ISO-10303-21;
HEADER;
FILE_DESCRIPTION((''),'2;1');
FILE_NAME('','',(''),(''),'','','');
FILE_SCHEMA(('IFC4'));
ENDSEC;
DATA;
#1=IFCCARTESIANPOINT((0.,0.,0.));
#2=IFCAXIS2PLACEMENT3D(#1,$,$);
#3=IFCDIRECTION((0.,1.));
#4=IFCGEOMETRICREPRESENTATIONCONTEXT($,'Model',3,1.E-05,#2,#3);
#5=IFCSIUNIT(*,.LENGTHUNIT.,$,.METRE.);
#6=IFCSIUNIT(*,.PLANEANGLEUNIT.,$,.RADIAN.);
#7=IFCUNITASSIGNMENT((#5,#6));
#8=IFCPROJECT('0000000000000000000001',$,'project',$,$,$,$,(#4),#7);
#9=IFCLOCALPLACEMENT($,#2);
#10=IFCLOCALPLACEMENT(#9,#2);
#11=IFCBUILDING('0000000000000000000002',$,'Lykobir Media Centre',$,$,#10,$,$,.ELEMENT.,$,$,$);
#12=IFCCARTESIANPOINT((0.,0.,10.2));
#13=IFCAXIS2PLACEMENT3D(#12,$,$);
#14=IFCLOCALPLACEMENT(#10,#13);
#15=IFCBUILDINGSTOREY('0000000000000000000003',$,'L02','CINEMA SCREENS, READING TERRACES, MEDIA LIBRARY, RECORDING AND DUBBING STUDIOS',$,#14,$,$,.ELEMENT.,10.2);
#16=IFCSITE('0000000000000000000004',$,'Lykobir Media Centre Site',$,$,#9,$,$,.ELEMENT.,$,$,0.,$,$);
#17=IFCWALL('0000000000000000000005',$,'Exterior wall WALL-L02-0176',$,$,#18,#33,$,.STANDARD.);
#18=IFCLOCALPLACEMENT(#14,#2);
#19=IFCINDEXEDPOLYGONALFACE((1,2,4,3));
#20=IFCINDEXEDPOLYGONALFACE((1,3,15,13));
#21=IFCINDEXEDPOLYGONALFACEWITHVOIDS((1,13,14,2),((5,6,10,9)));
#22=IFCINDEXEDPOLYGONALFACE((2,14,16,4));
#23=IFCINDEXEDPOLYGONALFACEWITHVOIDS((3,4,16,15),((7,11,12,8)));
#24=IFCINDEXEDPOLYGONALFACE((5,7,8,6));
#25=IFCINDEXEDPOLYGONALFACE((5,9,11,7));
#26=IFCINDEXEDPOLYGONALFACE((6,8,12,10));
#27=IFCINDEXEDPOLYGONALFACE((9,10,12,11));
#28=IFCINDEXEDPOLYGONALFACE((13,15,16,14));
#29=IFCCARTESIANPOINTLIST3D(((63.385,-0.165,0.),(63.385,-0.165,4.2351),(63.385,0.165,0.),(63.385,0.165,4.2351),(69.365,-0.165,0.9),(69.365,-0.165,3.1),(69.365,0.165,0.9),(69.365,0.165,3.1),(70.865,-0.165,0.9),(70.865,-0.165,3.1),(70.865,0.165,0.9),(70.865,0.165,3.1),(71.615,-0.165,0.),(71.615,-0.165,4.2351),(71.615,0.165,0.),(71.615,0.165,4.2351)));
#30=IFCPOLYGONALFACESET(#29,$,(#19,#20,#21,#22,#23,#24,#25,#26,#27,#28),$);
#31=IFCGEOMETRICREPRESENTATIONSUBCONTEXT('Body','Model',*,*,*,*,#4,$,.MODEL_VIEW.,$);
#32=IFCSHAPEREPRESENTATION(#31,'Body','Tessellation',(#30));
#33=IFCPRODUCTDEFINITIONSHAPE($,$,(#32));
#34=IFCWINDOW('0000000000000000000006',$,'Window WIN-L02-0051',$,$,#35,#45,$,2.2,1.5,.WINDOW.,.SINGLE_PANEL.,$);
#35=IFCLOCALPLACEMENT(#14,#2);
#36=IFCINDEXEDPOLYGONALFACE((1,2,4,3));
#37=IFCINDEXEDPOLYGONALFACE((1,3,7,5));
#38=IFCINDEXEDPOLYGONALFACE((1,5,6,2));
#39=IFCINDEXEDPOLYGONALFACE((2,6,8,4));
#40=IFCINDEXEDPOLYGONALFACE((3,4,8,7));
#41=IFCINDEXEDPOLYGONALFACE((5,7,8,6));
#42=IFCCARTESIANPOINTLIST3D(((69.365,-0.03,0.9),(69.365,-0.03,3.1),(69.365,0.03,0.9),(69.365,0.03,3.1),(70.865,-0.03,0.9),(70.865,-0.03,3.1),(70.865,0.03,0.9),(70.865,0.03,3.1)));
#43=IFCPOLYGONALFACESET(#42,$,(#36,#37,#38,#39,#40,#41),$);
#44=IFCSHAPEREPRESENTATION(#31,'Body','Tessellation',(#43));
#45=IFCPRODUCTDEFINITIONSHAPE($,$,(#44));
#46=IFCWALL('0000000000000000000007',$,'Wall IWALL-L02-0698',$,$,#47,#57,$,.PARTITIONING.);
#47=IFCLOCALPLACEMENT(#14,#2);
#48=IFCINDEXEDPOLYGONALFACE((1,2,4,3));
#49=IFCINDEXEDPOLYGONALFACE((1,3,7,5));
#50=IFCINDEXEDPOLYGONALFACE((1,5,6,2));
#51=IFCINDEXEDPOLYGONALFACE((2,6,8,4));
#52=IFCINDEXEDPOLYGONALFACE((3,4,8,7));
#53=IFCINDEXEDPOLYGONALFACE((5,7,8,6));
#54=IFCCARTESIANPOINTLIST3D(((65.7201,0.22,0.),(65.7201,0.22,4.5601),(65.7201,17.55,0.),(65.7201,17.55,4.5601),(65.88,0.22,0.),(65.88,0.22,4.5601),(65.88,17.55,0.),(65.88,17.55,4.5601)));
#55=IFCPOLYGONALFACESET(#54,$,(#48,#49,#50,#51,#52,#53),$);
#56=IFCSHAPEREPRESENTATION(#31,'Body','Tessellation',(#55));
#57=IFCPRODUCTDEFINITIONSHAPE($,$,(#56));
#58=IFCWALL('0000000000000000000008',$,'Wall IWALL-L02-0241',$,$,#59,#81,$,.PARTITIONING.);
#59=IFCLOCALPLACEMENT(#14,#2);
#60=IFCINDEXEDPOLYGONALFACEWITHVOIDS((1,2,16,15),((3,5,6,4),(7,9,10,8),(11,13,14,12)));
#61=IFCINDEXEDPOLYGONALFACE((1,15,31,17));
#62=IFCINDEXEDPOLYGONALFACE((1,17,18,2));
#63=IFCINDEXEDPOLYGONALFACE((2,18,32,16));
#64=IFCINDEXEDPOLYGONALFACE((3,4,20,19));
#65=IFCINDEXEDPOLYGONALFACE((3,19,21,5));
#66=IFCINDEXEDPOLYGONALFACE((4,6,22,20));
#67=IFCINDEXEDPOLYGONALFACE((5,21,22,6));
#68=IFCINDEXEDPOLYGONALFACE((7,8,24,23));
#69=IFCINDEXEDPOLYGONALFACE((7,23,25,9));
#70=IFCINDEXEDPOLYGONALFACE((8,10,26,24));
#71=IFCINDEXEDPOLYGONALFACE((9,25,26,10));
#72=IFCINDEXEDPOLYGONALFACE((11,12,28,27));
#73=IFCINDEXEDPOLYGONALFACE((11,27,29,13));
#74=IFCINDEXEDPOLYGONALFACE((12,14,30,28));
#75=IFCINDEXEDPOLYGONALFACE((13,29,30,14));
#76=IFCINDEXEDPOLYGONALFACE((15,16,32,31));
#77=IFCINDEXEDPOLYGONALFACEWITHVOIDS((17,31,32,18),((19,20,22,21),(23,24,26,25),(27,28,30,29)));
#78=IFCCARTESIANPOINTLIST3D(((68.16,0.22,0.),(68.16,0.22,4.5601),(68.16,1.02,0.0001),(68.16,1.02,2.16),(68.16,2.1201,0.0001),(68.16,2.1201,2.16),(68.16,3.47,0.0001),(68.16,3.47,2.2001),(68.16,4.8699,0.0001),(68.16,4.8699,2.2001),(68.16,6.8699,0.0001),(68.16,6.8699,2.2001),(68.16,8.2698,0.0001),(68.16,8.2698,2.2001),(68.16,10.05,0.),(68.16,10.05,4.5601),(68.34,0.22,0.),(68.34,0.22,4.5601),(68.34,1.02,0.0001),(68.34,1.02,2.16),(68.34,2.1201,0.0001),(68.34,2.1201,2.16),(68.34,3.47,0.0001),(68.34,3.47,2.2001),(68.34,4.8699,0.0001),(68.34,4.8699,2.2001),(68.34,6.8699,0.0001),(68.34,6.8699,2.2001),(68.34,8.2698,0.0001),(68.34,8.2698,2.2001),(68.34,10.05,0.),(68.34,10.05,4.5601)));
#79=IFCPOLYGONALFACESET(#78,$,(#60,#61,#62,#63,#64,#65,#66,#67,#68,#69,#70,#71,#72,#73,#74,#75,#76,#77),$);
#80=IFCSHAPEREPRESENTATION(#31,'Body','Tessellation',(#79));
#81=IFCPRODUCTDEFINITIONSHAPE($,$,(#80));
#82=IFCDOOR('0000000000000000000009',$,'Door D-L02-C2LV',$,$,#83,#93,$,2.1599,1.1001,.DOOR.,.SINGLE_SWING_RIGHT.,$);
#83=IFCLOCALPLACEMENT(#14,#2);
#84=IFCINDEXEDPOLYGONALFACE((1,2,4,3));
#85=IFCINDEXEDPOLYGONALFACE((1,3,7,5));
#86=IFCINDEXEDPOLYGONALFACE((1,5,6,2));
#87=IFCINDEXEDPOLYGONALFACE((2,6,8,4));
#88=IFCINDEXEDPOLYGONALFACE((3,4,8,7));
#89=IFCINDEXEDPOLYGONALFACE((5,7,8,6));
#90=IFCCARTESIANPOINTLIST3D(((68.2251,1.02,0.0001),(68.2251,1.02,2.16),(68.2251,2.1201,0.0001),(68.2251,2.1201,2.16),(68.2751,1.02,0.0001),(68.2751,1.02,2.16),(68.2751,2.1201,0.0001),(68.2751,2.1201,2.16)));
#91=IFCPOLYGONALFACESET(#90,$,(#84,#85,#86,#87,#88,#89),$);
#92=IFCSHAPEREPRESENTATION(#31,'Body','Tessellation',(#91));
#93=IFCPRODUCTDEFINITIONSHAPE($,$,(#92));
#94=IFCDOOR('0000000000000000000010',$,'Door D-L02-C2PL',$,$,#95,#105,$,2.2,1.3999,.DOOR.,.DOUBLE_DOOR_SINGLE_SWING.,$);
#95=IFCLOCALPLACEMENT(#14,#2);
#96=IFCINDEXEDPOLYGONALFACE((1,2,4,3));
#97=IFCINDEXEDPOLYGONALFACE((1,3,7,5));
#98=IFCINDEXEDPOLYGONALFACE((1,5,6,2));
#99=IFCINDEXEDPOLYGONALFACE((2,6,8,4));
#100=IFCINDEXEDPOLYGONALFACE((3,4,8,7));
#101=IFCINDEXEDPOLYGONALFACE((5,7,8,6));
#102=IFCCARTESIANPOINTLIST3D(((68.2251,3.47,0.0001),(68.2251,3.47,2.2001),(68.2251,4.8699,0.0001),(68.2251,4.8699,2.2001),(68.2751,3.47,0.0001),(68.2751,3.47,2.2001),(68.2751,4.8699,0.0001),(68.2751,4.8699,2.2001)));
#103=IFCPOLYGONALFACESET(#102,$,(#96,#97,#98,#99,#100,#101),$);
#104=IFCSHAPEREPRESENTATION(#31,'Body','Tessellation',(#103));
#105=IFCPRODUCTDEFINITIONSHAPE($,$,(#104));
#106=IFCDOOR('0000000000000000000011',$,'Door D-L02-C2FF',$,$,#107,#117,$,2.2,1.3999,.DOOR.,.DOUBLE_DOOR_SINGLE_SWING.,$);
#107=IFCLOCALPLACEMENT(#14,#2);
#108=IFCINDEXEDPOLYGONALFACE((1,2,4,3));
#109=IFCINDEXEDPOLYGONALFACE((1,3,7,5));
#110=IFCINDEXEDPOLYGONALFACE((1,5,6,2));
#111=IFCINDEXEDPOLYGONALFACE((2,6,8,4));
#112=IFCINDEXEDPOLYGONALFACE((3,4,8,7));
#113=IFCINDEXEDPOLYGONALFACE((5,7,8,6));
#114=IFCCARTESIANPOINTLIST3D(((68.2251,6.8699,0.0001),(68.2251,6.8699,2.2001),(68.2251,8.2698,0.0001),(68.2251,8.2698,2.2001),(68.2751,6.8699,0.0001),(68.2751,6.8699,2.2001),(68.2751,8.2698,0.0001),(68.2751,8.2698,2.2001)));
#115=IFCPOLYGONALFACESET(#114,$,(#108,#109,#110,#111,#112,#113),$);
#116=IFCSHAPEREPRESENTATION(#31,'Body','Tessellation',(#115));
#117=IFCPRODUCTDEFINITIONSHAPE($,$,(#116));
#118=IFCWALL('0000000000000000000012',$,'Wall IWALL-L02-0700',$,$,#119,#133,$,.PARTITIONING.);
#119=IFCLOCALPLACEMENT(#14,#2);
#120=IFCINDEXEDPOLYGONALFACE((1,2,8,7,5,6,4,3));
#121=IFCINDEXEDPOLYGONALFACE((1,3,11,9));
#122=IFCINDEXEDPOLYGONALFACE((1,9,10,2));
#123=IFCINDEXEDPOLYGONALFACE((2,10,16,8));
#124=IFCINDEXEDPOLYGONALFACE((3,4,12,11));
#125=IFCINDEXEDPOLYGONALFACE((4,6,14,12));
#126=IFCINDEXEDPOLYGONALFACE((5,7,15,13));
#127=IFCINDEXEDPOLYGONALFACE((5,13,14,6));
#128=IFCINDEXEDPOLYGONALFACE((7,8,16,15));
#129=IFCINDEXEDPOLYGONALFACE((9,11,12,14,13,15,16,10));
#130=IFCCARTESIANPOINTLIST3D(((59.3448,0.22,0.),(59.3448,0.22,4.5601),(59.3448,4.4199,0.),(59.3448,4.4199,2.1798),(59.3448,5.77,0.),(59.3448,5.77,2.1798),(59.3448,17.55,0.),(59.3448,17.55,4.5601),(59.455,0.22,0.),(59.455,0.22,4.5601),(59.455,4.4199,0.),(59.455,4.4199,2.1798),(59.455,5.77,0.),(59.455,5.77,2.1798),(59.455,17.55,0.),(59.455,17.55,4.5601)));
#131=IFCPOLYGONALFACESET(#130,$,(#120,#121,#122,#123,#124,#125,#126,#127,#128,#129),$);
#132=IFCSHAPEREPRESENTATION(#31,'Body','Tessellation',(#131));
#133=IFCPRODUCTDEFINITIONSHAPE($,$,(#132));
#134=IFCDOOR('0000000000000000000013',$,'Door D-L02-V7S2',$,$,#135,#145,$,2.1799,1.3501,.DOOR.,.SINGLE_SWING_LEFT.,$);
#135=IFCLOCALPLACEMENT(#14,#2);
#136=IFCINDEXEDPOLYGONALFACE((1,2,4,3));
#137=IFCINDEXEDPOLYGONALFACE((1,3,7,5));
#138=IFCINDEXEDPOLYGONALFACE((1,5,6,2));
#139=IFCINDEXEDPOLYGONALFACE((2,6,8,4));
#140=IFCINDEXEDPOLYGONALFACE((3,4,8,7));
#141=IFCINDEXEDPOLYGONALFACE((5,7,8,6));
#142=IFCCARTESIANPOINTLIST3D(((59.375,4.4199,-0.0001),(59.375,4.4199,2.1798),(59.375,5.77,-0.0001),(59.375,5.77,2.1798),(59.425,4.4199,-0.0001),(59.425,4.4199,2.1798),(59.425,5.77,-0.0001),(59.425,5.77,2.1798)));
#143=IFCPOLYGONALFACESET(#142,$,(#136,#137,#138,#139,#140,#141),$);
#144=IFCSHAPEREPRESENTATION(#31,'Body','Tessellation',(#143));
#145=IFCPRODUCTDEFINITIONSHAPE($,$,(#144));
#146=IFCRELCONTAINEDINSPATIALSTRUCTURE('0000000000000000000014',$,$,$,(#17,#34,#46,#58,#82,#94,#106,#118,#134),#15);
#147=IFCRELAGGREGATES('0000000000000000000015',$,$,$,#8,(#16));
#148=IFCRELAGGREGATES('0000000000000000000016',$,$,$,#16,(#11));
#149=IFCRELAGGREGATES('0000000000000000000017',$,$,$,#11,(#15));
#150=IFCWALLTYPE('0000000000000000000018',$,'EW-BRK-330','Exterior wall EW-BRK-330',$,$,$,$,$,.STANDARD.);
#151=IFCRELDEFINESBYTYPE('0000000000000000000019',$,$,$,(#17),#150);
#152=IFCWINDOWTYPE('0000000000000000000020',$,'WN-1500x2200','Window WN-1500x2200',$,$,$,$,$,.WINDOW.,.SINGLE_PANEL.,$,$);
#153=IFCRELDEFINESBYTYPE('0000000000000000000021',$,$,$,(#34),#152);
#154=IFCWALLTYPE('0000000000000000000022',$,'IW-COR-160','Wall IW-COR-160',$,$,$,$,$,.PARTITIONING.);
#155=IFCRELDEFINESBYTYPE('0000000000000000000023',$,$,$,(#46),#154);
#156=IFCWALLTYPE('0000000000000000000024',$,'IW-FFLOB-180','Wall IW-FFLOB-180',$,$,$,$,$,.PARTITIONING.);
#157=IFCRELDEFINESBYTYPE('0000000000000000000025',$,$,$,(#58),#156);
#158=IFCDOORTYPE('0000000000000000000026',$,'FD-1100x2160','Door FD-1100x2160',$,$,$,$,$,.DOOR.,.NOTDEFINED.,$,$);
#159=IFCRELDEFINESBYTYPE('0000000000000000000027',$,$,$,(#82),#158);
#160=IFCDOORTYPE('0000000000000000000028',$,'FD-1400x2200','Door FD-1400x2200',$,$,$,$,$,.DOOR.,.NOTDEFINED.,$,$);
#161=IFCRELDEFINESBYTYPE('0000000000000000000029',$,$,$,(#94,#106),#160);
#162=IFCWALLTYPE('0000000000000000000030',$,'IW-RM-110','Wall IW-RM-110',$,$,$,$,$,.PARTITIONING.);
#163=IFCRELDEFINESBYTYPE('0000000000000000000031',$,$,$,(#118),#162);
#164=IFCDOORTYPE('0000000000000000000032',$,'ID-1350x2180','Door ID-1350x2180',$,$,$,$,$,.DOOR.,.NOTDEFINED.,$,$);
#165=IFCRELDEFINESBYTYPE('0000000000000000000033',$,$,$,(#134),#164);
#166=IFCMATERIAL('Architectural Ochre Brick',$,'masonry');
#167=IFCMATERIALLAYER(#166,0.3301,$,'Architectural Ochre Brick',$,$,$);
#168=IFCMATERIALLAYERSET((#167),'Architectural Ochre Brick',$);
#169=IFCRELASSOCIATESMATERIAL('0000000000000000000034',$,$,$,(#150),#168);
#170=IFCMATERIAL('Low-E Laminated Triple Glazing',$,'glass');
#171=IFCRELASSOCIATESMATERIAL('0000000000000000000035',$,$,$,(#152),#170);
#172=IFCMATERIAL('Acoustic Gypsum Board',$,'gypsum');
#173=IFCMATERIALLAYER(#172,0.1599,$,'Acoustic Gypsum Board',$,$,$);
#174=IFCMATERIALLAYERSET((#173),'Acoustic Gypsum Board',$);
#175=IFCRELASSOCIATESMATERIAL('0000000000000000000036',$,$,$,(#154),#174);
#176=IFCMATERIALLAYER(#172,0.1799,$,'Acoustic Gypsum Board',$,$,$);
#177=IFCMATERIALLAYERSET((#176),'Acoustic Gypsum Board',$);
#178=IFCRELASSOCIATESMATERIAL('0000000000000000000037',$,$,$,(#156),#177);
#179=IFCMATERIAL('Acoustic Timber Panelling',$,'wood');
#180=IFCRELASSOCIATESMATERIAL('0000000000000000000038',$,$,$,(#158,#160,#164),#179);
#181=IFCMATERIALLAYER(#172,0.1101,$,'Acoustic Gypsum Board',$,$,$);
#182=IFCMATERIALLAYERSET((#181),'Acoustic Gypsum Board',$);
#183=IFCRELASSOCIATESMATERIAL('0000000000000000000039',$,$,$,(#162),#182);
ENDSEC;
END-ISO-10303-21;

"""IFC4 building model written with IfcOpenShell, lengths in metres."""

from ifc_helpers import new_model, si_unit, direction, frame, frame_2d, origin, place, context, subcontext, project, spatial, rectangle, extrude, material, layer, layer_set, type_object, element, fill, save


model = new_model("IFC4")

# Units and contexts
model_context = context("Model", 3, precision=1e-05, world=origin(), true_north=direction((0.0, 1.0)))
body_context = subcontext(model_context, "Body", "Model", "MODEL_VIEW")
ifc_project = project(units=[si_unit("LENGTHUNIT", "METRE"), si_unit("PLANEANGLEUNIT", "RADIAN")], contexts=[model_context])

# Site, building, storey
site_placement = place(None, origin())
site = spatial("IfcSite", under=ifc_project, at=site_placement, Name="Lykobir Media Centre Site", CompositionType="ELEMENT", RefElevation=0.0)
building_placement = place(site_placement, origin())
building = spatial("IfcBuilding", under=site, at=building_placement, Name="Lykobir Media Centre", CompositionType="ELEMENT")
storey_placement = place(building_placement, frame((0.0, 0.0, 10.2)))
storey = spatial("IfcBuildingStorey", under=building, at=storey_placement, Name="L02", Description="CINEMA SCREENS, READING TERRACES, MEDIA LIBRARY, RECORDING AND DUBBING STUDIOS", CompositionType="ELEMENT", Elevation=10.2)

# Wall, opening, window
ifc_material_1 = material(Name="Architectural Ochre Brick", Category="masonry")
ifc_layer_1 = layer(ifc_material_1, 0.3301, Name="Architectural Ochre Brick")
ifc_layer_set_1 = layer_set([ifc_layer_1], Name="Architectural Ochre Brick")
wall_type_1 = type_object("IfcWallType", Name="EW-BRK-330", Description="Exterior wall EW-BRK-330", PredefinedType="STANDARD", material=ifc_layer_set_1)
wall_1_placement = place(storey_placement, frame((63.385, 0.0, 0.0), z_axis=(0.0, 0.0, 1.0), x_axis=(1.0, 0.0, 0.0)))
wall_1 = element("IfcWall", 1, at=wall_1_placement, inside=storey, type_object=wall_type_1, Name="Exterior wall WALL-L02-0176", PredefinedType="STANDARD", context=body_context, shape_type="SweptSolid", body=[
    extrude(rectangle(XDim=8.23, YDim=0.3301, at=frame_2d((4.115, 0.0))), origin(), (0.0, 0.0, 1.0), 4.2351),
])
opening_1_placement = place(wall_1_placement, frame((5.98, 0.0, 0.8999)))
opening_1 = element("IfcOpeningElement", 2, at=opening_1_placement, cuts=wall_1, PredefinedType="OPENING", context=body_context, shape_type="SweptSolid", body=[
    extrude(rectangle(XDim=1.5, YDim=2.2, at=frame_2d((0.75, 1.1001))), frame((0.0, 0.175, 0.0), z_axis=(0.0, -1.0, 0.0), x_axis=(1.0, 0.0, 0.0)), (0.0, 0.0, 1.0), 0.3501),
])
ifc_material_2 = material(Name="Low-E Laminated Triple Glazing", Category="glass")
window_type = type_object("IfcWindowType", Name="WN-1500x2200", Description="Window WN-1500x2200", PartitioningType="SINGLE_PANEL", PredefinedType="WINDOW", material=ifc_material_2)
window_placement = place(opening_1_placement, origin())
window = element("IfcWindow", 3, at=window_placement, inside=storey, type_object=window_type, Name="Window WIN-L02-0051", OverallHeight=2.2, OverallWidth=1.5, PartitioningType="SINGLE_PANEL", PredefinedType="WINDOW", context=body_context, shape_type="SweptSolid", body=[
    extrude(rectangle(XDim=1.5, YDim=2.2, at=frame_2d((0.75, 1.1001))), frame((0.0, 0.03, 0.0), z_axis=(0.0, -1.0, 0.0), x_axis=(1.0, 0.0, 0.0)), (0.0, 0.0, 1.0), 0.0601),
])
fill(opening_1, window)

# Wall
ifc_material_3 = material(Name="Acoustic Gypsum Board", Category="gypsum")
ifc_layer_2 = layer(ifc_material_3, 0.1599, Name="Acoustic Gypsum Board")
ifc_layer_set_2 = layer_set([ifc_layer_2], Name="Acoustic Gypsum Board")
wall_type_2 = type_object("IfcWallType", Name="IW-COR-160", Description="Wall IW-COR-160", PredefinedType="PARTITIONING", material=ifc_layer_set_2)
wall_2_placement = place(storey_placement, frame((65.8, 0.22, 0.0), z_axis=(0.0, 0.0, 1.0), x_axis=(0.0, 1.0, 0.0)))
element("IfcWall", 4, at=wall_2_placement, inside=storey, type_object=wall_type_2, Name="Wall IWALL-L02-0698", PredefinedType="PARTITIONING", context=body_context, shape_type="SweptSolid", body=[
    extrude(rectangle(XDim=17.3301, YDim=0.1599, at=frame_2d((8.665, 0.0))), origin(), (0.0, 0.0, 1.0), 4.5601),
])

# Wall, openings, doors
ifc_layer_3 = layer(ifc_material_3, 0.1799, Name="Acoustic Gypsum Board")
ifc_layer_set_3 = layer_set([ifc_layer_3], Name="Acoustic Gypsum Board")
wall_type_3 = type_object("IfcWallType", Name="IW-FFLOB-180", Description="Wall IW-FFLOB-180", PredefinedType="PARTITIONING", material=ifc_layer_set_3)
wall_3_placement = place(storey_placement, frame((68.25, 0.22, 0.0), z_axis=(0.0, 0.0, 1.0), x_axis=(0.0, 1.0, 0.0)))
wall_3 = element("IfcWall", 5, at=wall_3_placement, inside=storey, type_object=wall_type_3, Name="Wall IWALL-L02-0241", PredefinedType="PARTITIONING", context=body_context, shape_type="SweptSolid", body=[
    extrude(rectangle(XDim=9.8301, YDim=0.1799, at=frame_2d((4.915, 0.0))), origin(), (0.0, 0.0, 1.0), 4.5601),
])
opening_2_placement = place(wall_3_placement, frame((0.8, 0.0, 0.0)))
opening_2 = element("IfcOpeningElement", 6, at=opening_2_placement, cuts=wall_3, PredefinedType="OPENING", context=body_context, shape_type="SweptSolid", body=[
    extrude(rectangle(XDim=1.1001, YDim=2.1599, at=frame_2d((0.55, 1.0801))), frame((0.0, 0.0999, 0.0), z_axis=(0.0, -1.0, 0.0), x_axis=(1.0, 0.0, 0.0)), (0.0, 0.0, 1.0), 0.2),
])
opening_3_placement = place(wall_3_placement, frame((3.25, 0.0, 0.0)))
opening_3 = element("IfcOpeningElement", 7, at=opening_3_placement, cuts=wall_3, PredefinedType="OPENING", context=body_context, shape_type="SweptSolid", body=[
    extrude(rectangle(XDim=1.3999, YDim=2.2, at=frame_2d((0.7, 1.1001))), frame((0.0, 0.0999, 0.0), z_axis=(0.0, -1.0, 0.0), x_axis=(1.0, 0.0, 0.0)), (0.0, 0.0, 1.0), 0.2),
])
opening_4_placement = place(wall_3_placement, frame((6.6499, 0.0, 0.0)))
opening_4 = element("IfcOpeningElement", 8, at=opening_4_placement, cuts=wall_3, PredefinedType="OPENING", context=body_context, shape_type="SweptSolid", body=[
    extrude(rectangle(XDim=1.3999, YDim=2.2, at=frame_2d((0.7, 1.1001))), frame((0.0, 0.0999, 0.0), z_axis=(0.0, -1.0, 0.0), x_axis=(1.0, 0.0, 0.0)), (0.0, 0.0, 1.0), 0.2),
])
ifc_material_4 = material(Name="Acoustic Timber Panelling", Category="wood")
door_type_1 = type_object("IfcDoorType", Name="FD-1100x2160", Description="Door FD-1100x2160", OperationType="NOTDEFINED", PredefinedType="DOOR", material=ifc_material_4)
door_1_placement = place(opening_2_placement, origin())
door_1 = element("IfcDoor", 9, at=door_1_placement, inside=storey, type_object=door_type_1, Name="Door D-L02-C2LV", OperationType="SINGLE_SWING_RIGHT", OverallHeight=2.1599, OverallWidth=1.1001, PredefinedType="DOOR", context=body_context, shape_type="SweptSolid", body=[
    extrude(rectangle(XDim=1.1001, YDim=2.1599, at=frame_2d((0.55, 1.0801))), frame((0.0, 0.0249, 0.0), z_axis=(0.0, -1.0, 0.0), x_axis=(1.0, 0.0, 0.0)), (0.0, 0.0, 1.0), 0.05),
])
fill(opening_2, door_1)
door_type_2 = type_object("IfcDoorType", Name="FD-1400x2200", Description="Door FD-1400x2200", OperationType="NOTDEFINED", PredefinedType="DOOR", material=ifc_material_4)
door_2_placement = place(opening_3_placement, origin())
door_2 = element("IfcDoor", 10, at=door_2_placement, inside=storey, type_object=door_type_2, Name="Door D-L02-C2PL", OperationType="DOUBLE_DOOR_SINGLE_SWING", OverallHeight=2.2, OverallWidth=1.3999, PredefinedType="DOOR", context=body_context, shape_type="SweptSolid", body=[
    extrude(rectangle(XDim=1.3999, YDim=2.2, at=frame_2d((0.7, 1.1001))), frame((0.0, 0.0249, 0.0), z_axis=(0.0, -1.0, 0.0), x_axis=(1.0, 0.0, 0.0)), (0.0, 0.0, 1.0), 0.05),
])
fill(opening_3, door_2)
door_3_placement = place(opening_4_placement, origin())
door_3 = element("IfcDoor", 11, at=door_3_placement, inside=storey, type_object=door_type_2, Name="Door D-L02-C2FF", OperationType="DOUBLE_DOOR_SINGLE_SWING", OverallHeight=2.2, OverallWidth=1.3999, PredefinedType="DOOR", context=body_context, shape_type="SweptSolid", body=[
    extrude(rectangle(XDim=1.3999, YDim=2.2, at=frame_2d((0.7, 1.1001))), frame((0.0, 0.0249, 0.0), z_axis=(0.0, -1.0, 0.0), x_axis=(1.0, 0.0, 0.0)), (0.0, 0.0, 1.0), 0.05),
])
fill(opening_4, door_3)

# Wall, opening, door
ifc_layer_4 = layer(ifc_material_3, 0.1101, Name="Acoustic Gypsum Board")
ifc_layer_set_4 = layer_set([ifc_layer_4], Name="Acoustic Gypsum Board")
wall_type_4 = type_object("IfcWallType", Name="IW-RM-110", Description="Wall IW-RM-110", PredefinedType="PARTITIONING", material=ifc_layer_set_4)
wall_4_placement = place(storey_placement, frame((59.3999, 0.22, 0.0), z_axis=(0.0, 0.0, 1.0), x_axis=(0.0, 1.0, 0.0)))
wall_4 = element("IfcWall", 12, at=wall_4_placement, inside=storey, type_object=wall_type_4, Name="Wall IWALL-L02-0700", PredefinedType="PARTITIONING", context=body_context, shape_type="SweptSolid", body=[
    extrude(rectangle(XDim=17.3301, YDim=0.1101, at=frame_2d((8.665, 0.0))), origin(), (0.0, 0.0, 1.0), 4.5601),
])
opening_5_placement = place(wall_4_placement, frame((4.2, 0.0, 0.0)))
opening_5 = element("IfcOpeningElement", 13, at=opening_5_placement, cuts=wall_4, PredefinedType="OPENING", context=body_context, shape_type="SweptSolid", body=[
    extrude(rectangle(XDim=1.3501, YDim=2.1799, at=frame_2d((0.675, 1.0898))), frame((0.0, 0.0649, 0.0), z_axis=(0.0, -1.0, 0.0), x_axis=(1.0, 0.0, 0.0)), (0.0, 0.0, 1.0), 0.1301),
])
door_type_3 = type_object("IfcDoorType", Name="ID-1350x2180", Description="Door ID-1350x2180", OperationType="NOTDEFINED", PredefinedType="DOOR", material=ifc_material_4)
door_4_placement = place(opening_5_placement, origin())
door_4 = element("IfcDoor", 14, at=door_4_placement, inside=storey, type_object=door_type_3, Name="Door D-L02-V7S2", OperationType="SINGLE_SWING_LEFT", OverallHeight=2.1799, OverallWidth=1.3501, PredefinedType="DOOR", context=body_context, shape_type="SweptSolid", body=[
    extrude(rectangle(XDim=1.3501, YDim=2.1799, at=frame_2d((0.675, 1.0898))), frame((0.0, 0.0249, 0.0), z_axis=(0.0, -1.0, 0.0), x_axis=(1.0, 0.0, 0.0)), (0.0, 0.0, 1.0), 0.05),
])
fill(opening_5, door_4)

save(model, "model.ifc")
